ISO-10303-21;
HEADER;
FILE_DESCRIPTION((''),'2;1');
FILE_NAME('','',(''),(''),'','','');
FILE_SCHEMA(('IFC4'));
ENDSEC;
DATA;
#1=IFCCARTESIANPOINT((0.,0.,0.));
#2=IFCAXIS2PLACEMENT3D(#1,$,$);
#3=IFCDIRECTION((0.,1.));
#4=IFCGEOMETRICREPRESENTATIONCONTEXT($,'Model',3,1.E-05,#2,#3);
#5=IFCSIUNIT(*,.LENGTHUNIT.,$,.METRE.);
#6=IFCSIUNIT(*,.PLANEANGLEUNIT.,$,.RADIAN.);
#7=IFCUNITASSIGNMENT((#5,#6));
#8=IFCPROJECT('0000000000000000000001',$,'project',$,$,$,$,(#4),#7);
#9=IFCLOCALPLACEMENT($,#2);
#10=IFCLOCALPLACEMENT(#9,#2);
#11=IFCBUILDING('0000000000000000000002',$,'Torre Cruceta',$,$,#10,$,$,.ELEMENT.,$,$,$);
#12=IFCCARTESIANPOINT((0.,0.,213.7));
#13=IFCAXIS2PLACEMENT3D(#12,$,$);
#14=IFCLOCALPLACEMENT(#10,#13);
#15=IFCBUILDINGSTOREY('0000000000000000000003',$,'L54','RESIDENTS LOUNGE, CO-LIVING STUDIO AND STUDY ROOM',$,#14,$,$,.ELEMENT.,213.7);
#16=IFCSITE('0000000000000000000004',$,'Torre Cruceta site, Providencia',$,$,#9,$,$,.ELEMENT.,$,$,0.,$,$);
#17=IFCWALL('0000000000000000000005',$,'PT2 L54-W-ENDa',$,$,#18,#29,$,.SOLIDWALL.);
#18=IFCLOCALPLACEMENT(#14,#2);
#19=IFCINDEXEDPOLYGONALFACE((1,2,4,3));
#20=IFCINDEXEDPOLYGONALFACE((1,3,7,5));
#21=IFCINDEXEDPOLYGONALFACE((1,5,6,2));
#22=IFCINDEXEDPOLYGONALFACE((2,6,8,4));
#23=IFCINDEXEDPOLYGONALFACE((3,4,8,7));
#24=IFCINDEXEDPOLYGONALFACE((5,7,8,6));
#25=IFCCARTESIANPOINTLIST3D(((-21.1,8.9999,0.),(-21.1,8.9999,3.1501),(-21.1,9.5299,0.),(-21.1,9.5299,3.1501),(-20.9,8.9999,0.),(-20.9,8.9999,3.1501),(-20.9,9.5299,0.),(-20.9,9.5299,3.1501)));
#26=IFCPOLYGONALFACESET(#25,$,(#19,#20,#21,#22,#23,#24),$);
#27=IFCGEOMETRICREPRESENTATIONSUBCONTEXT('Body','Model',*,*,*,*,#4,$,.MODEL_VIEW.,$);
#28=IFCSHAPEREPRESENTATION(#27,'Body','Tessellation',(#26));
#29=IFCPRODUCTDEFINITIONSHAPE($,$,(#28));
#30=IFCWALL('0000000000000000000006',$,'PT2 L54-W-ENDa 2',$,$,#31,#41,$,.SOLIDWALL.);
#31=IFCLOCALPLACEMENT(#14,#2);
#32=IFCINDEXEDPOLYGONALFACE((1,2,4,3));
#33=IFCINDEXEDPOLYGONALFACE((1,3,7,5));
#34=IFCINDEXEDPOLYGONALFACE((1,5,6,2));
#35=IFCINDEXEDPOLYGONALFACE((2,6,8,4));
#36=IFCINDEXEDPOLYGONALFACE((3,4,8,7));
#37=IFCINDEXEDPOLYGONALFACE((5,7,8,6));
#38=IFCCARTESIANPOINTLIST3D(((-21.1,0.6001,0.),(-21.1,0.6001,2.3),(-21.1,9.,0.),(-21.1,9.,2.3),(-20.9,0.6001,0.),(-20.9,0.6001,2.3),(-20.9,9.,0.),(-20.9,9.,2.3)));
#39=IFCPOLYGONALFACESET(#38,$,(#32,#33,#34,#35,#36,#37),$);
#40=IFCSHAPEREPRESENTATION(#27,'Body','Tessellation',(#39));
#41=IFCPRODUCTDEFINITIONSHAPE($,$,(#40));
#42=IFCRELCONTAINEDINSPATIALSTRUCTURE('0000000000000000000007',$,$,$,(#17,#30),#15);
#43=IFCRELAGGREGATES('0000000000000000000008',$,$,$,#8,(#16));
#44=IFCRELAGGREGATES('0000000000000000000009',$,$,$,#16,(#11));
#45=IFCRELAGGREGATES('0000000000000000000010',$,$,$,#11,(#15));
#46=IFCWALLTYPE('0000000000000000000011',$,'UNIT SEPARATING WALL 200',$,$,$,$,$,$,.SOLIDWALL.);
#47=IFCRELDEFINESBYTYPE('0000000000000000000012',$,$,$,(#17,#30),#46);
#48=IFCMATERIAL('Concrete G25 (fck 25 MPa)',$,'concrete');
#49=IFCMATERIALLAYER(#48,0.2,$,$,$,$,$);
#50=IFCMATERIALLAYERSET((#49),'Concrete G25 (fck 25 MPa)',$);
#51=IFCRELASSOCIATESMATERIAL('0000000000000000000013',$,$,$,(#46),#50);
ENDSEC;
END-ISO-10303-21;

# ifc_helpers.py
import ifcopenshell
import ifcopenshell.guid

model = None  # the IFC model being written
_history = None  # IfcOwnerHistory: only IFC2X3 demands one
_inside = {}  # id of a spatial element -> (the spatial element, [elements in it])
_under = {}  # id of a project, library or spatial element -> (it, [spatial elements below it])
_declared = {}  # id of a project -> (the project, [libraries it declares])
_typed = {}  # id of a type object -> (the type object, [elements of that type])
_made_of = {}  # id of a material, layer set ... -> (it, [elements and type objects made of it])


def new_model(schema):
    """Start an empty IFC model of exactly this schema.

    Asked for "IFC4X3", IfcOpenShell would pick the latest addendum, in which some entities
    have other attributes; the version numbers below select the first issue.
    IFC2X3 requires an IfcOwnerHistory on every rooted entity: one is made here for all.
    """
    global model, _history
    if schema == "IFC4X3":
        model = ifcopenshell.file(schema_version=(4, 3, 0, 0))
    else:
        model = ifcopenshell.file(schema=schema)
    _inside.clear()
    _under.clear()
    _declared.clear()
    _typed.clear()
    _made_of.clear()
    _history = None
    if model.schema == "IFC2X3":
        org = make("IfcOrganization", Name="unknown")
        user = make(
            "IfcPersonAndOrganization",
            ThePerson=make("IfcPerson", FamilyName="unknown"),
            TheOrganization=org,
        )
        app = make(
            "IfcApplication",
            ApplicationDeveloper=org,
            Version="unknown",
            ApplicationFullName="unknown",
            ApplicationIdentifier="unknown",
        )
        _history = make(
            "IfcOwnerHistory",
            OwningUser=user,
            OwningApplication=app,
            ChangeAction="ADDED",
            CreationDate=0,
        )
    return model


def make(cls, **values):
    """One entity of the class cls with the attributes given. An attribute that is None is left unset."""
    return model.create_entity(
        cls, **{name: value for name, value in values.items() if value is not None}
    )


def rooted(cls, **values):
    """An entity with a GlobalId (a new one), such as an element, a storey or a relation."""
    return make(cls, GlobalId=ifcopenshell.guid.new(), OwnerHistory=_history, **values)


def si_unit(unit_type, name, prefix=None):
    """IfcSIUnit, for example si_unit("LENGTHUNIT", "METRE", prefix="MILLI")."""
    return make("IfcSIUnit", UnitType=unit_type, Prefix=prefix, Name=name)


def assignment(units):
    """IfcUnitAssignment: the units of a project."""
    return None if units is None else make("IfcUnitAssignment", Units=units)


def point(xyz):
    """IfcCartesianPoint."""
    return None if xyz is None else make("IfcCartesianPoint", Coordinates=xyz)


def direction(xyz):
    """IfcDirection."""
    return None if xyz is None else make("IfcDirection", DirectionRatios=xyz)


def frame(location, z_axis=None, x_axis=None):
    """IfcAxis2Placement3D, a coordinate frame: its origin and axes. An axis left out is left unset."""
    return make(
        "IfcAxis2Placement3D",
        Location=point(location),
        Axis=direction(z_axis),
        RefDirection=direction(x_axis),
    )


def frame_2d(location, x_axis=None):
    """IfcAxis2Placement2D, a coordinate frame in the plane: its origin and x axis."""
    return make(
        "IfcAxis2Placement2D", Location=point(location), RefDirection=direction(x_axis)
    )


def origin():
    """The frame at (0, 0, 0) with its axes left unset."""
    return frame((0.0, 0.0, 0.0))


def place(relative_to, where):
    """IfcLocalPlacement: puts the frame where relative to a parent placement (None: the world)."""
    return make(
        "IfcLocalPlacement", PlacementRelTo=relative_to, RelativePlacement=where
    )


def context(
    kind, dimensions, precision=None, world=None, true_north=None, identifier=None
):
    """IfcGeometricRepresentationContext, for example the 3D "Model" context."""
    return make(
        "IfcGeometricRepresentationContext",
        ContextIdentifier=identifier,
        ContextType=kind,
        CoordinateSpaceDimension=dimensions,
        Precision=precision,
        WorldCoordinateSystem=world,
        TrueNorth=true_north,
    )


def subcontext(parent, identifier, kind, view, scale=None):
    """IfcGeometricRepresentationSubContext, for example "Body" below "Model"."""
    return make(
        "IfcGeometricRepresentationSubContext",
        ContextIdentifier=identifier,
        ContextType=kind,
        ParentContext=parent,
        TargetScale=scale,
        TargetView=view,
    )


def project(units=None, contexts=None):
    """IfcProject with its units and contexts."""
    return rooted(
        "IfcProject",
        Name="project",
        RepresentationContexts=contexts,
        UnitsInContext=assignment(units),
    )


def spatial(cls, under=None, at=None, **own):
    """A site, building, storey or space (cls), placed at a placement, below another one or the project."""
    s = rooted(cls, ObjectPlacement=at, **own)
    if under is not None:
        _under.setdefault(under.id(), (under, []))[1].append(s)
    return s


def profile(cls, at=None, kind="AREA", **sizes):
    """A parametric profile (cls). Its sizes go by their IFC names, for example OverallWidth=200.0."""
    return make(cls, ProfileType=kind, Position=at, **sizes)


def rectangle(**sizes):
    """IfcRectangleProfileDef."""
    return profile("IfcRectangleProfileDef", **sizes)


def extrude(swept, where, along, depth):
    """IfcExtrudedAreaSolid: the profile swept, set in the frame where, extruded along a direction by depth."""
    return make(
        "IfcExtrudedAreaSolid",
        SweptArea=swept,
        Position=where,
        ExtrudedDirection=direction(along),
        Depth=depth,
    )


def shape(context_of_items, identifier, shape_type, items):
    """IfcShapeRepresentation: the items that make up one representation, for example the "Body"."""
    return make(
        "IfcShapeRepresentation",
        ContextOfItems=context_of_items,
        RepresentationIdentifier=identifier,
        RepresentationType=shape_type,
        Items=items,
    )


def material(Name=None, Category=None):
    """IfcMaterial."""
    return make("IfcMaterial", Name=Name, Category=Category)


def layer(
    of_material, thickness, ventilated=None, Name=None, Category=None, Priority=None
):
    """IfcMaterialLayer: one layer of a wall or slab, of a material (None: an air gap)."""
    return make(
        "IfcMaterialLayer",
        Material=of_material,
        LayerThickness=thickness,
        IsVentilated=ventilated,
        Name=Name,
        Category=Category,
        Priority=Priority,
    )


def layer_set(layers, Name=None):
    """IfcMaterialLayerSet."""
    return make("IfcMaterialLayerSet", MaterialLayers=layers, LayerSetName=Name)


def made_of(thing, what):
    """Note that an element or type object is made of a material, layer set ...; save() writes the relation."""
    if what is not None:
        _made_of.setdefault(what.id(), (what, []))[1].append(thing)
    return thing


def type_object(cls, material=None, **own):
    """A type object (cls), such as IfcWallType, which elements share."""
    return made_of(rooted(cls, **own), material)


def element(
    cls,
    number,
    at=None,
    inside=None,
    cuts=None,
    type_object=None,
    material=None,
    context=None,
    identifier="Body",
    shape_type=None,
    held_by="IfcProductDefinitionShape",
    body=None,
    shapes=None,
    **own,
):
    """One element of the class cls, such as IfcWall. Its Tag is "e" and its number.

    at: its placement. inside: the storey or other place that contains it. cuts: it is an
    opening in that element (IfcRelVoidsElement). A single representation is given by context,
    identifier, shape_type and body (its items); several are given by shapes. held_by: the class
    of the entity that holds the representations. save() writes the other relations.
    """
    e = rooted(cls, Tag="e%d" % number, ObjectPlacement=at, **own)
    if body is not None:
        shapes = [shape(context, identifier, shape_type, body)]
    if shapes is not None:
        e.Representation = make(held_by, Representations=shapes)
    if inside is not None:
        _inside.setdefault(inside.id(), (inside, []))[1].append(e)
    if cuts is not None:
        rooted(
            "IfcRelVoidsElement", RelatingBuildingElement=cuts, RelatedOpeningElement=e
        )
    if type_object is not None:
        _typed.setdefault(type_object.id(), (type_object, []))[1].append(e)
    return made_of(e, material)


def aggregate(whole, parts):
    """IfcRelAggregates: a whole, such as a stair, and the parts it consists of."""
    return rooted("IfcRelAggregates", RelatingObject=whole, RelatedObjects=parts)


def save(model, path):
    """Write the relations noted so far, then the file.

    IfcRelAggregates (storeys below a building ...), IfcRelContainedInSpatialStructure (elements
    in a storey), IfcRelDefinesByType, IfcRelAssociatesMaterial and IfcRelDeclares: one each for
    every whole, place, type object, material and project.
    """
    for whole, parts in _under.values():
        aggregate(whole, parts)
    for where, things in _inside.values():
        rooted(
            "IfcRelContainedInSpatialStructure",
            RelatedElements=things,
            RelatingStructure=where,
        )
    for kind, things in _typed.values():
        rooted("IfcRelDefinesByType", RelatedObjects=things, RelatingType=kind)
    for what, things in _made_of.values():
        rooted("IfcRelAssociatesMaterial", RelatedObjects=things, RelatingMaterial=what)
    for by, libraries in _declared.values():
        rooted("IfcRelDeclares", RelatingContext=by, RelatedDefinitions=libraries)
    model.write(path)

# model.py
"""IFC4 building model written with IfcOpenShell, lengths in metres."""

from ifc_helpers import new_model, si_unit, direction, frame, frame_2d, origin, place, context, subcontext, project, spatial, rectangle, extrude, material, layer, layer_set, type_object, element, save


model = new_model("IFC4")

# Units and contexts
model_context = context("Model", 3, precision=1e-05, world=origin(), true_north=direction((0.0, 1.0)))
body_context = subcontext(model_context, "Body", "Model", "MODEL_VIEW")
ifc_project = project(units=[si_unit("LENGTHUNIT", "METRE"), si_unit("PLANEANGLEUNIT", "RADIAN")], contexts=[model_context])

# Site, building, storey
site_placement = place(None, origin())
site = spatial("IfcSite", under=ifc_project, at=site_placement, Name="Torre Cruceta site, Providencia", CompositionType="ELEMENT", RefElevation=0.0)
building_placement = place(site_placement, origin())
building = spatial("IfcBuilding", under=site, at=building_placement, Name="Torre Cruceta", CompositionType="ELEMENT")
storey_placement = place(building_placement, frame((0.0, 0.0, 213.7)))
storey = spatial("IfcBuildingStorey", under=building, at=storey_placement, Name="L54", Description="RESIDENTS LOUNGE, CO-LIVING STUDIO AND STUDY ROOM", CompositionType="ELEMENT", Elevation=213.7)

# Walls
ifc_material_1 = material(Name="Concrete G25 (fck 25 MPa)", Category="concrete")
ifc_layer_1 = layer(ifc_material_1, 0.2)
ifc_layer_set_1 = layer_set([ifc_layer_1], Name="Concrete G25 (fck 25 MPa)")
wall_type_1 = type_object("IfcWallType", Name="UNIT SEPARATING WALL 200", PredefinedType="SOLIDWALL", material=ifc_layer_set_1)
wall_1_placement = place(storey_placement, frame((-21.0, 9.53, 0.0), z_axis=(0.0, 0.0, 1.0), x_axis=(0.0, -1.0, 0.0)))
element("IfcWall", 1, at=wall_1_placement, inside=storey, type_object=wall_type_1, Name="PT2 L54-W-ENDa", PredefinedType="SOLIDWALL", context=body_context, shape_type="SweptSolid", body=[
    extrude(rectangle(XDim=0.53, YDim=0.2, at=frame_2d((0.2651, 0.0))), origin(), (0.0, 0.0, 1.0), 3.1501),
])
wall_2_placement = place(storey_placement, frame((-21.0, 9.0, 0.0), z_axis=(0.0, 0.0, 1.0), x_axis=(0.0, -1.0, 0.0)))
element("IfcWall", 2, at=wall_2_placement, inside=storey, type_object=wall_type_1, Name="PT2 L54-W-ENDa 2", PredefinedType="SOLIDWALL", context=body_context, shape_type="SweptSolid", body=[
    extrude(rectangle(XDim=8.3999, YDim=0.2, at=frame_2d((4.2, 0.0))), origin(), (0.0, 0.0, 1.0), 2.3),
])

save(model, "model.ifc")
